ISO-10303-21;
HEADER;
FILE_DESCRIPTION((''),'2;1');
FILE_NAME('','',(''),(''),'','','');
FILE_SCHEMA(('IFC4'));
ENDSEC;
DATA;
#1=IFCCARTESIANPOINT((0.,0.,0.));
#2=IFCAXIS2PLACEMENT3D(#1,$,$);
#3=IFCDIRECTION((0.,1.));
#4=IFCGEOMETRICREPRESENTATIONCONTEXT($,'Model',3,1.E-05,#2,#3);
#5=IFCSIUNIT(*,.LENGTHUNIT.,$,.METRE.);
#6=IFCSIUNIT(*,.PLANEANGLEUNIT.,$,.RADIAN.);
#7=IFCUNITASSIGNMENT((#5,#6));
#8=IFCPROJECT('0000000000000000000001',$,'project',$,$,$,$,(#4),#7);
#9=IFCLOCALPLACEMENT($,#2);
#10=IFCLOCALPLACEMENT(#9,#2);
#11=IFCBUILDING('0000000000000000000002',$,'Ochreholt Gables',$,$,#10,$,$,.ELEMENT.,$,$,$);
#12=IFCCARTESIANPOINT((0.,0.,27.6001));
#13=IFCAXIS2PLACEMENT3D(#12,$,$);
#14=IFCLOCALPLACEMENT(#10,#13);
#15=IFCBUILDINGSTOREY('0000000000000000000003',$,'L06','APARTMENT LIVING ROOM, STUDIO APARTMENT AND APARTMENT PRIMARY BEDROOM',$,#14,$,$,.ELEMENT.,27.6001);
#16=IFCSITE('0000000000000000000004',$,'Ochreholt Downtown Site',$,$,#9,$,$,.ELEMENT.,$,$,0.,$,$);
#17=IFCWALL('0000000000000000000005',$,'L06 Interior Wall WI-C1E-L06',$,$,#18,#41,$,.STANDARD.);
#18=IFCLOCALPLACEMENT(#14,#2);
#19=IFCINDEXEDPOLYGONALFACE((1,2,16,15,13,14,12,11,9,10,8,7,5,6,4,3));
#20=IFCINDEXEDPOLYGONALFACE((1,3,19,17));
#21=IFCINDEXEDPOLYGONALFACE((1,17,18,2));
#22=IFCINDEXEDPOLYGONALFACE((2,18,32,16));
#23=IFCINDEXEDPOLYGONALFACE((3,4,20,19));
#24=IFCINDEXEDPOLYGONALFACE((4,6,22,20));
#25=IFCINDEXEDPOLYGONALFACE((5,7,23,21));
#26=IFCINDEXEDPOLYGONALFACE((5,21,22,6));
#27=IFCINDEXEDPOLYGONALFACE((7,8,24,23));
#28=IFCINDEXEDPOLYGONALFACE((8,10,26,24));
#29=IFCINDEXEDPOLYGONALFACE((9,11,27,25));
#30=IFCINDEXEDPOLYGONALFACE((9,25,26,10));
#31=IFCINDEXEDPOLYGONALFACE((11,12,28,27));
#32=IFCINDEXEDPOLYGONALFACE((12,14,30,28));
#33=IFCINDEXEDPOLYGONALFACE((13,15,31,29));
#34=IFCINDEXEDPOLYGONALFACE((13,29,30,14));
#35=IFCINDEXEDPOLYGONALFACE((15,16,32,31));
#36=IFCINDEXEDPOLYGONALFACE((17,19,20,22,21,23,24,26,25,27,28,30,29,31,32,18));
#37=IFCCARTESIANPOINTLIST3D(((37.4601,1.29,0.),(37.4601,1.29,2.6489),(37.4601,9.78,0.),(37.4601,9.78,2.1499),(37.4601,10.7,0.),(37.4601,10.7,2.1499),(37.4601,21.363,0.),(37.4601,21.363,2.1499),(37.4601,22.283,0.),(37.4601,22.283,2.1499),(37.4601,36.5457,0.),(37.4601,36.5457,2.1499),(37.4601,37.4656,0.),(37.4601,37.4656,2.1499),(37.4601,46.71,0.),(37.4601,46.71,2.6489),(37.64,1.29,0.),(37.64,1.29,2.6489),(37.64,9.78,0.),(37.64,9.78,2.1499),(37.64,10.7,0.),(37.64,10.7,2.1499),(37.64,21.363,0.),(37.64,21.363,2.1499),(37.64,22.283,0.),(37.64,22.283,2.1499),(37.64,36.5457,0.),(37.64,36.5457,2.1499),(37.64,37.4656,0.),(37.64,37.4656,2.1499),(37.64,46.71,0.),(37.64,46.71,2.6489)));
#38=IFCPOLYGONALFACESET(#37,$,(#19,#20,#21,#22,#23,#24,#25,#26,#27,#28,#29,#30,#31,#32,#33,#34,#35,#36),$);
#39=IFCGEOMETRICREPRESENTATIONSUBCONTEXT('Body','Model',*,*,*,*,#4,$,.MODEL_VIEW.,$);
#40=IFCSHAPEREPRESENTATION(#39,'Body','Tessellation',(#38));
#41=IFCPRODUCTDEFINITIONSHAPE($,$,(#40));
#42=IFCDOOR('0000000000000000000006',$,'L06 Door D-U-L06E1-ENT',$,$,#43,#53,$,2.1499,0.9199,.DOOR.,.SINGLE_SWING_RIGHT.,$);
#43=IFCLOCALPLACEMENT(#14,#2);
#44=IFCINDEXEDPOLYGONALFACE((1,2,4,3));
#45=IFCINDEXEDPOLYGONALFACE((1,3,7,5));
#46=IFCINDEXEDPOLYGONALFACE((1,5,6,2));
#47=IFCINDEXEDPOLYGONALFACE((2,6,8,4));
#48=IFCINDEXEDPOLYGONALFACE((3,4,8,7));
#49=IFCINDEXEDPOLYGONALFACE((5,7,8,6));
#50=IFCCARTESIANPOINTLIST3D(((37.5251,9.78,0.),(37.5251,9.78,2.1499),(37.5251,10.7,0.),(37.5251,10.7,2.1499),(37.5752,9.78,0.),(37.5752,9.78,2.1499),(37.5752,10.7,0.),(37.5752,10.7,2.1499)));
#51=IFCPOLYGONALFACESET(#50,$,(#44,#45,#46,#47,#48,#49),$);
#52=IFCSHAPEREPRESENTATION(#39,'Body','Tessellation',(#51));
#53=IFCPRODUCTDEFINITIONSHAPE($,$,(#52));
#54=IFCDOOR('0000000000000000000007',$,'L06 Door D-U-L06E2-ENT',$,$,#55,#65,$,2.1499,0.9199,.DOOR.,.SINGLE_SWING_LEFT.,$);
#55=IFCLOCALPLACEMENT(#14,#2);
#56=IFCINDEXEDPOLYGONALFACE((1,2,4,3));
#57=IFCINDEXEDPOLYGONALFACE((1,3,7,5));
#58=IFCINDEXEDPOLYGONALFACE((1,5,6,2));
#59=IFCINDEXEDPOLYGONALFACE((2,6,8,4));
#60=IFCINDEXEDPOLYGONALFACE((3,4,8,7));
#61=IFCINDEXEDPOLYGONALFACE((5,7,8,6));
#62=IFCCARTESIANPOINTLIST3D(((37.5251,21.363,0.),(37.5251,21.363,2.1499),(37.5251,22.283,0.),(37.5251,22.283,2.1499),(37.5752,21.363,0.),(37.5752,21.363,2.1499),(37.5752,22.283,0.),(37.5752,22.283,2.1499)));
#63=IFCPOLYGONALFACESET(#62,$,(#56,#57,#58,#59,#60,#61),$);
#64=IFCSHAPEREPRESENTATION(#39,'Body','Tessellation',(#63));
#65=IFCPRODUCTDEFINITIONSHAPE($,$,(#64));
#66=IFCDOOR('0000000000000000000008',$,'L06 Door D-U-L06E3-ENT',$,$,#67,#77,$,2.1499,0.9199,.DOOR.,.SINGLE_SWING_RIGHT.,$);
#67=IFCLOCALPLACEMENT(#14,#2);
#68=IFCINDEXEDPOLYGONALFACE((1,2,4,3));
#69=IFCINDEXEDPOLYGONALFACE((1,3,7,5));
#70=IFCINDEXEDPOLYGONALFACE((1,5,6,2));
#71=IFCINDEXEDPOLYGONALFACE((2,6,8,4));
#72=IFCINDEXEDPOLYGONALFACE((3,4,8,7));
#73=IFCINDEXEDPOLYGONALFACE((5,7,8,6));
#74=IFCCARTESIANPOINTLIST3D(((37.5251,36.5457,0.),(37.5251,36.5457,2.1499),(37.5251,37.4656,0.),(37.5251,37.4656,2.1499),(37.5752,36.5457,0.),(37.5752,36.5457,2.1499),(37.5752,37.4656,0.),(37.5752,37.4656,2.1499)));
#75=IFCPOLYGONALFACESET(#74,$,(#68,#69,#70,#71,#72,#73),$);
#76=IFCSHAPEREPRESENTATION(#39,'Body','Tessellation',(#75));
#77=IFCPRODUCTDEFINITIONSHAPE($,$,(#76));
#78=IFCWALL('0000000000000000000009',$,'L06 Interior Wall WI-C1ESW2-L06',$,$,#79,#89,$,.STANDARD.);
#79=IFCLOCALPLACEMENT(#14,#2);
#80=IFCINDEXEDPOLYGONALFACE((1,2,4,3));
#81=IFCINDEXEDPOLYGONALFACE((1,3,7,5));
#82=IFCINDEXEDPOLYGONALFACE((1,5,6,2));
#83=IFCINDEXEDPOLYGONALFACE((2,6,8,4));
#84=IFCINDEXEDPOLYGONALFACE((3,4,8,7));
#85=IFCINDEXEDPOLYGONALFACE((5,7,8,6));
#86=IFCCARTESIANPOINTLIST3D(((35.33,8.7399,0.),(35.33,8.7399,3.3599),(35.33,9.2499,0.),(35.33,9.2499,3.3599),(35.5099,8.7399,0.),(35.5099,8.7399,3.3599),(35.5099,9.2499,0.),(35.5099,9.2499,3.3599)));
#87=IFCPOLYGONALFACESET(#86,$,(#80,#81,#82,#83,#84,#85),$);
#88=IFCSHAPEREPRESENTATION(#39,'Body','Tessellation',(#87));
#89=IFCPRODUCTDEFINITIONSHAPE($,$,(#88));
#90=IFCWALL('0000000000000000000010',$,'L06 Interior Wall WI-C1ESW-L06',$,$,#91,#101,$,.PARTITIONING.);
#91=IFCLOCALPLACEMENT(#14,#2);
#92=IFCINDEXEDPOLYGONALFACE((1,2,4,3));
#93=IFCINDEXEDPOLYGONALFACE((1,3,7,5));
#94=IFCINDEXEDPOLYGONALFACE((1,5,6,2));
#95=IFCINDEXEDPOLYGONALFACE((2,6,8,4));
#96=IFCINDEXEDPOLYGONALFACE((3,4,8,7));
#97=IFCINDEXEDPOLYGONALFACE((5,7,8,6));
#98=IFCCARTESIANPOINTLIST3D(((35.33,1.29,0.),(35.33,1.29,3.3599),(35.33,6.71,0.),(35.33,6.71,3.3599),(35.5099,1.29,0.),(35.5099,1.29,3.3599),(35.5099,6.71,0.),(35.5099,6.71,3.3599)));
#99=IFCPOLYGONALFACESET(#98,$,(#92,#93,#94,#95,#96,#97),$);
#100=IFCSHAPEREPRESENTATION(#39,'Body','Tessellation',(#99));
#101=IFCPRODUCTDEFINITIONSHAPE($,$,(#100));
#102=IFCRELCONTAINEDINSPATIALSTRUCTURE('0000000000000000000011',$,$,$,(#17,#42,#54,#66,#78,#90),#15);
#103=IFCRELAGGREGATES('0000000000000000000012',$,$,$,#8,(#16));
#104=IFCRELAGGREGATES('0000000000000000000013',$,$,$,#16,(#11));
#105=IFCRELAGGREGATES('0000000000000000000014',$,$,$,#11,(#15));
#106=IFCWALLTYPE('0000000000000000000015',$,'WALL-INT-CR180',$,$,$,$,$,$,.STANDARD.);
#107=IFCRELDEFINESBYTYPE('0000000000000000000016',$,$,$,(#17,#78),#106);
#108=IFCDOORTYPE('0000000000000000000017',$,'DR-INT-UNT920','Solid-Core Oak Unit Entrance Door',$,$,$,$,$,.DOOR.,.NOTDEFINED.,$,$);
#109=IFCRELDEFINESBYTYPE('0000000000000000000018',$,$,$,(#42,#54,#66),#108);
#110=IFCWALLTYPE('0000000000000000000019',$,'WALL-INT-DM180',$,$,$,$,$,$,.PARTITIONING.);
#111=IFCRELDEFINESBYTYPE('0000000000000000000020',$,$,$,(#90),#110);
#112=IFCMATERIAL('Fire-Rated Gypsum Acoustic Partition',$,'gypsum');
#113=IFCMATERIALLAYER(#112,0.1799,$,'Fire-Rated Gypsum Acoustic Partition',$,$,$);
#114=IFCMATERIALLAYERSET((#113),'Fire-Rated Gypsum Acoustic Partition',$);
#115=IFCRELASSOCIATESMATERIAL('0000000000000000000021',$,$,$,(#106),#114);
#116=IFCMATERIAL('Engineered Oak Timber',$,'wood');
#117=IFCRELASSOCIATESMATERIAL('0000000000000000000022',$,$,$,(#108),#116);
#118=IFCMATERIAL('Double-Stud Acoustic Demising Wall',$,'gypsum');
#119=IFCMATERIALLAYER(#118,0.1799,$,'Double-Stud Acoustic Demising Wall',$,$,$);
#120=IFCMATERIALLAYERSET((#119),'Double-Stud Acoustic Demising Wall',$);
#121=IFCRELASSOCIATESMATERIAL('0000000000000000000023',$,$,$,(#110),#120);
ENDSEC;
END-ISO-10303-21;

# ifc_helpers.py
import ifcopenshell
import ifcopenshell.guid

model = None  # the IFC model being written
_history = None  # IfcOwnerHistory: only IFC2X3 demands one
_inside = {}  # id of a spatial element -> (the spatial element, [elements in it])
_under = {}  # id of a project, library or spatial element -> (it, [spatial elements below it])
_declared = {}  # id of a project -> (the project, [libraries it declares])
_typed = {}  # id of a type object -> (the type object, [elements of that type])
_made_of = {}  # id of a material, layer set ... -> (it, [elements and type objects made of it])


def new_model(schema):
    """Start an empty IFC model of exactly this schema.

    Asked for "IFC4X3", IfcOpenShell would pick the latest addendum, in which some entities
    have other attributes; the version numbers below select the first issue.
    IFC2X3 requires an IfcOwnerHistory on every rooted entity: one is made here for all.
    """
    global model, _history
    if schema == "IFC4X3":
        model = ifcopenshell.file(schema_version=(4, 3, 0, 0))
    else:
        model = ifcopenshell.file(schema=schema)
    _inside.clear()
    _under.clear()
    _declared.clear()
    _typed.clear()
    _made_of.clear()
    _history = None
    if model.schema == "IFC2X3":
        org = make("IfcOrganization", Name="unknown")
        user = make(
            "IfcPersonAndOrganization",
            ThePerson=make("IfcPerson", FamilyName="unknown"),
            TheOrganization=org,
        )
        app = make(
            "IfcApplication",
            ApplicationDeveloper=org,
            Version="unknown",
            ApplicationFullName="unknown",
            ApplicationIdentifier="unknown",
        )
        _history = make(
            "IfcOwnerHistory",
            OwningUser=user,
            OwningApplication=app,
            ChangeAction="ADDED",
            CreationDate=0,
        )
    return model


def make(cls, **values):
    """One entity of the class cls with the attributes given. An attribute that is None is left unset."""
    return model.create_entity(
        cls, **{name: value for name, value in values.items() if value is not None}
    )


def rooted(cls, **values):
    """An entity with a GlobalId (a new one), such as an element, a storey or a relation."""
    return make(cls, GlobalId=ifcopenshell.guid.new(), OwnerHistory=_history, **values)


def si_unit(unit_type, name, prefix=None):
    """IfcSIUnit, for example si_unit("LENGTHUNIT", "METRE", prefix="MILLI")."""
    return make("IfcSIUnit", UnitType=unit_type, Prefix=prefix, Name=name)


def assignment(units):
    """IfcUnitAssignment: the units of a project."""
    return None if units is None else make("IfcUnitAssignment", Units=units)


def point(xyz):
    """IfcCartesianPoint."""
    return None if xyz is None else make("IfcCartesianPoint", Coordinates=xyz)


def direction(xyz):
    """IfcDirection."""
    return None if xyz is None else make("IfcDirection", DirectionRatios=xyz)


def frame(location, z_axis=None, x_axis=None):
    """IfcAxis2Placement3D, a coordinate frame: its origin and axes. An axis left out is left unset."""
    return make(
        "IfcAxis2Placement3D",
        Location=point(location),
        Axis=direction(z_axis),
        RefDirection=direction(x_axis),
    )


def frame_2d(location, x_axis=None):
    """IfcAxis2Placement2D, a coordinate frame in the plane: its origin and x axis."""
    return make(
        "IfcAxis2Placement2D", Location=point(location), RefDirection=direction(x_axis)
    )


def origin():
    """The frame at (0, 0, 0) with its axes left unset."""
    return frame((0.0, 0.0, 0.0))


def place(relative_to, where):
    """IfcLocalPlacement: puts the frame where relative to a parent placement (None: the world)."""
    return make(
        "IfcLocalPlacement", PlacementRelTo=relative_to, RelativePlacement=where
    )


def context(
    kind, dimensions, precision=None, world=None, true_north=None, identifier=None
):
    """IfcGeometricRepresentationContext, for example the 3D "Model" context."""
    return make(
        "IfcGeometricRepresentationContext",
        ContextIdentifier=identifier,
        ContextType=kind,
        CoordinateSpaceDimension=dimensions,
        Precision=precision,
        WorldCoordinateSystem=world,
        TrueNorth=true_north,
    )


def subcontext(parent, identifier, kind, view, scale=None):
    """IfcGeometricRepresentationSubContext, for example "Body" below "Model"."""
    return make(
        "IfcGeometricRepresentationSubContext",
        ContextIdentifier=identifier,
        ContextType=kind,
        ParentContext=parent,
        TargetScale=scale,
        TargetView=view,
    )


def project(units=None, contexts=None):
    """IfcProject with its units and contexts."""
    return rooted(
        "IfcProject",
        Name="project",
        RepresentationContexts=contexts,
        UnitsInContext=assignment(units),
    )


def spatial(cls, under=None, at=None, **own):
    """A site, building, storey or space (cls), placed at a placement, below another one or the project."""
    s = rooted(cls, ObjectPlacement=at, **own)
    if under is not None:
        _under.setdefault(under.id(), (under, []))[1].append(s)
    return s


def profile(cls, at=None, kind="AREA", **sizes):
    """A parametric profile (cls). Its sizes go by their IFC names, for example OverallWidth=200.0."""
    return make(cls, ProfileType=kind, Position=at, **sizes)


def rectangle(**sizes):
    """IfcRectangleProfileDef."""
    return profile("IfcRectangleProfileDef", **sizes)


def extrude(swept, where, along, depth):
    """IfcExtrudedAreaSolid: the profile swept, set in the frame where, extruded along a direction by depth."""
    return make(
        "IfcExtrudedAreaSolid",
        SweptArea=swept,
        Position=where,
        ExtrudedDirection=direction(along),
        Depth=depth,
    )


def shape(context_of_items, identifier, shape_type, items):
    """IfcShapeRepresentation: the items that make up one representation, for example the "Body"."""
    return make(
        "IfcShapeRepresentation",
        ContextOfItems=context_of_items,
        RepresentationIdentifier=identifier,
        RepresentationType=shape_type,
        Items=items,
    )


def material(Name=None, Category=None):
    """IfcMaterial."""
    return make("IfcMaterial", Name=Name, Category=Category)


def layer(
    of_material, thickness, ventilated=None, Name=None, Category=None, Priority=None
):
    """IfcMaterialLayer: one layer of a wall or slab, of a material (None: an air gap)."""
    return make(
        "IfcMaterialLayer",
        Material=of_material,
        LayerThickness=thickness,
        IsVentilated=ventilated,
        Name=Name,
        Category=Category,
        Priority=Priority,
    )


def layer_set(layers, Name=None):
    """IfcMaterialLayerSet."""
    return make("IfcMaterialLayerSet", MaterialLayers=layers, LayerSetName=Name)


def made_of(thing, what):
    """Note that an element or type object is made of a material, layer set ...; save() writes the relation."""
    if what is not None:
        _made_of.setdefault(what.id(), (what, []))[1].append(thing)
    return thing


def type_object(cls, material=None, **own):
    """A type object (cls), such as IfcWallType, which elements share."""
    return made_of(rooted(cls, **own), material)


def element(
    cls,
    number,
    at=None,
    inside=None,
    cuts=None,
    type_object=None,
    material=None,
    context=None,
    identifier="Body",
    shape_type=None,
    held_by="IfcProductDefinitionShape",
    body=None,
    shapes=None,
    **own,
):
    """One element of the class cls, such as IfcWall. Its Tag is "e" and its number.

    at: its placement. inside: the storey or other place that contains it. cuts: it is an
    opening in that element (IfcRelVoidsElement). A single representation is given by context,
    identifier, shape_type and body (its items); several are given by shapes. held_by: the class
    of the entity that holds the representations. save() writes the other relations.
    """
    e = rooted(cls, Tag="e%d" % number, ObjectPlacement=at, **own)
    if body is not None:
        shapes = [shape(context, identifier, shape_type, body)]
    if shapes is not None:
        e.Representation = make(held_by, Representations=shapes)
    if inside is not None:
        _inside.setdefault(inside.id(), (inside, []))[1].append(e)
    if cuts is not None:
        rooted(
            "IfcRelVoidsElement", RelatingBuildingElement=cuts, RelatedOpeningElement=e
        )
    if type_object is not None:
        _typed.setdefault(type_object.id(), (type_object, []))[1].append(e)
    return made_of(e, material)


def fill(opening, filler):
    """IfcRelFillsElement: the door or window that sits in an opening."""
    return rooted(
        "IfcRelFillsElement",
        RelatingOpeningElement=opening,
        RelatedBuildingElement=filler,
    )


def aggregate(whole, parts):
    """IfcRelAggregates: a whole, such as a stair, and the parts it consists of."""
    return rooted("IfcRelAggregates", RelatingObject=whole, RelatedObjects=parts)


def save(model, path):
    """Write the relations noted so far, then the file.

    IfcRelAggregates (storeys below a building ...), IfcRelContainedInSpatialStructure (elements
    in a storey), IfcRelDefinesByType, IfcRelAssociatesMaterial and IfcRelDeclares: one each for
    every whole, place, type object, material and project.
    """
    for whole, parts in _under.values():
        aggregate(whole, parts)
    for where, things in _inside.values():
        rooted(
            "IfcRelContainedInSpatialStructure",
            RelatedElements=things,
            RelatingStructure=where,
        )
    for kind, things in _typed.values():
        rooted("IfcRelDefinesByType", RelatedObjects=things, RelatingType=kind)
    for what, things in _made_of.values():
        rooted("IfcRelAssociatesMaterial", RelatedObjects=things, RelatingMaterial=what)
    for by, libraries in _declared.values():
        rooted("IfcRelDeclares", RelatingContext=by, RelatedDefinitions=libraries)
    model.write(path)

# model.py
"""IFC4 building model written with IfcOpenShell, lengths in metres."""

from ifc_helpers import new_model, si_unit, direction, frame, frame_2d, origin, place, context, subcontext, project, spatial, rectangle, extrude, material, layer, layer_set, type_object, element, fill, save


model = new_model("IFC4")

# Units and contexts
model_context = context("Model", 3, precision=1e-05, world=origin(), true_north=direction((0.0, 1.0)))
body_context = subcontext(model_context, "Body", "Model", "MODEL_VIEW")
ifc_project = project(units=[si_unit("LENGTHUNIT", "METRE"), si_unit("PLANEANGLEUNIT", "RADIAN")], contexts=[model_context])

# Site, building, storey
site_placement = place(None, origin())
site = spatial("IfcSite", under=ifc_project, at=site_placement, Name="Ochreholt Downtown Site", CompositionType="ELEMENT", RefElevation=0.0)
building_placement = place(site_placement, origin())
building = spatial("IfcBuilding", under=site, at=building_placement, Name="Ochreholt Gables", CompositionType="ELEMENT")
storey_placement = place(building_placement, frame((0.0, 0.0, 27.6001)))
storey = spatial("IfcBuildingStorey", under=building, at=storey_placement, Name="L06", Description="APARTMENT LIVING ROOM, STUDIO APARTMENT AND APARTMENT PRIMARY BEDROOM", CompositionType="ELEMENT", Elevation=27.6001)

# Wall, openings, doors
ifc_material_1 = material(Name="Fire-Rated Gypsum Acoustic Partition", Category="gypsum")
ifc_layer_1 = layer(ifc_material_1, 0.1799, Name="Fire-Rated Gypsum Acoustic Partition")
ifc_layer_set_1 = layer_set([ifc_layer_1], Name="Fire-Rated Gypsum Acoustic Partition")
wall_type_1 = type_object("IfcWallType", Name="WALL-INT-CR180", PredefinedType="STANDARD", material=ifc_layer_set_1)
wall_1_placement = place(storey_placement, frame((37.55, 1.29, 0.0), z_axis=(0.0, 0.0, 1.0), x_axis=(0.0, 1.0, 0.0)))
wall_1 = element("IfcWall", 1, at=wall_1_placement, inside=storey, type_object=wall_type_1, Name="L06 Interior Wall WI-C1E-L06", PredefinedType="STANDARD", context=body_context, shape_type="SweptSolid", body=[
    extrude(rectangle(XDim=45.4199, YDim=0.1799, at=frame_2d((22.71, 0.0))), origin(), (0.0, 0.0, 1.0), 2.6489),
])
opening_1_placement = place(wall_1_placement, frame((8.49, 0.0, 0.0)))
opening_1 = element("IfcOpeningElement", 2, at=opening_1_placement, cuts=wall_1, PredefinedType="OPENING", context=body_context, shape_type="SweptSolid", body=[
    extrude(rectangle(XDim=0.9199, YDim=2.1499, at=frame_2d((0.46, 1.075))), frame((0.0, 0.0999, 0.0), z_axis=(0.0, -1.0, 0.0), x_axis=(1.0, 0.0, 0.0)), (0.0, 0.0, 1.0), 0.2),
])
opening_2_placement = place(wall_1_placement, frame((20.073, 0.0, 0.0)))
opening_2 = element("IfcOpeningElement", 3, at=opening_2_placement, cuts=wall_1, PredefinedType="OPENING", context=body_context, shape_type="SweptSolid", body=[
    extrude(rectangle(XDim=0.9199, YDim=2.1499, at=frame_2d((0.46, 1.075))), frame((0.0, 0.0999, 0.0), z_axis=(0.0, -1.0, 0.0), x_axis=(1.0, 0.0, 0.0)), (0.0, 0.0, 1.0), 0.2),
])
opening_3_placement = place(wall_1_placement, frame((35.2556, 0.0, 0.0)))
opening_3 = element("IfcOpeningElement", 4, at=opening_3_placement, cuts=wall_1, PredefinedType="OPENING", context=body_context, shape_type="SweptSolid", body=[
    extrude(rectangle(XDim=0.9199, YDim=2.1499, at=frame_2d((0.46, 1.075))), frame((0.0, 0.0999, 0.0), z_axis=(0.0, -1.0, 0.0), x_axis=(1.0, 0.0, 0.0)), (0.0, 0.0, 1.0), 0.2),
])
ifc_material_2 = material(Name="Engineered Oak Timber", Category="wood")
door_type = type_object("IfcDoorType", Name="DR-INT-UNT920", Description="Solid-Core Oak Unit Entrance Door", OperationType="NOTDEFINED", PredefinedType="DOOR", material=ifc_material_2)
door_1_placement = place(opening_1_placement, origin())
door_1 = element("IfcDoor", 5, at=door_1_placement, inside=storey, type_object=door_type, Name="L06 Door D-U-L06E1-ENT", OperationType="SINGLE_SWING_RIGHT", OverallHeight=2.1499, OverallWidth=0.9199, PredefinedType="DOOR", context=body_context, shape_type="SweptSolid", body=[
    extrude(rectangle(XDim=0.9199, YDim=2.1499, at=frame_2d((0.46, 1.075))), frame((0.0, 0.0249, 0.0), z_axis=(0.0, -1.0, 0.0), x_axis=(1.0, 0.0, 0.0)), (0.0, 0.0, 1.0), 0.05),
])
fill(opening_1, door_1)
door_2_placement = place(opening_2_placement, origin())
door_2 = element("IfcDoor", 6, at=door_2_placement, inside=storey, type_object=door_type, Name="L06 Door D-U-L06E2-ENT", OperationType="SINGLE_SWING_LEFT", OverallHeight=2.1499, OverallWidth=0.9199, PredefinedType="DOOR", context=body_context, shape_type="SweptSolid", body=[
    extrude(rectangle(XDim=0.9199, YDim=2.1499, at=frame_2d((0.46, 1.075))), frame((0.0, 0.0249, 0.0), z_axis=(0.0, -1.0, 0.0), x_axis=(1.0, 0.0, 0.0)), (0.0, 0.0, 1.0), 0.05),
])
fill(opening_2, door_2)
door_3_placement = place(opening_3_placement, origin())
door_3 = element("IfcDoor", 7, at=door_3_placement, inside=storey, type_object=door_type, Name="L06 Door D-U-L06E3-ENT", OperationType="SINGLE_SWING_RIGHT", OverallHeight=2.1499, OverallWidth=0.9199, PredefinedType="DOOR", context=body_context, shape_type="SweptSolid", body=[
    extrude(rectangle(XDim=0.9199, YDim=2.1499, at=frame_2d((0.46, 1.075))), frame((0.0, 0.0249, 0.0), z_axis=(0.0, -1.0, 0.0), x_axis=(1.0, 0.0, 0.0)), (0.0, 0.0, 1.0), 0.05),
])
fill(opening_3, door_3)

# Walls
wall_2_placement = place(storey_placement, frame((35.4199, 8.74, 0.0), z_axis=(0.0, 0.0, 1.0), x_axis=(0.0, 1.0, 0.0)))
element("IfcWall", 8, at=wall_2_placement, inside=storey, type_object=wall_type_1, Name="L06 Interior Wall WI-C1ESW2-L06", PredefinedType="STANDARD", context=body_context, shape_type="SweptSolid", body=[
    extrude(rectangle(XDim=0.51, YDim=0.1799, at=frame_2d((0.2549, 0.0))), origin(), (0.0, 0.0, 1.0), 3.3599),
])
ifc_material_3 = material(Name="Double-Stud Acoustic Demising Wall", Category="gypsum")
ifc_layer_2 = layer(ifc_material_3, 0.1799, Name="Double-Stud Acoustic Demising Wall")
ifc_layer_set_2 = layer_set([ifc_layer_2], Name="Double-Stud Acoustic Demising Wall")
wall_type_2 = type_object("IfcWallType", Name="WALL-INT-DM180", PredefinedType="PARTITIONING", material=ifc_layer_set_2)
wall_3_placement = place(storey_placement, frame((35.4199, 1.29, 0.0), z_axis=(0.0, 0.0, 1.0), x_axis=(0.0, 1.0, 0.0)))
element("IfcWall", 9, at=wall_3_placement, inside=storey, type_object=wall_type_2, Name="L06 Interior Wall WI-C1ESW-L06", PredefinedType="PARTITIONING", context=body_context, shape_type="SweptSolid", body=[
    extrude(rectangle(XDim=5.4199, YDim=0.1799, at=frame_2d((2.71, 0.0))), origin(), (0.0, 0.0, 1.0), 3.3599),
])

save(model, "model.ifc")
